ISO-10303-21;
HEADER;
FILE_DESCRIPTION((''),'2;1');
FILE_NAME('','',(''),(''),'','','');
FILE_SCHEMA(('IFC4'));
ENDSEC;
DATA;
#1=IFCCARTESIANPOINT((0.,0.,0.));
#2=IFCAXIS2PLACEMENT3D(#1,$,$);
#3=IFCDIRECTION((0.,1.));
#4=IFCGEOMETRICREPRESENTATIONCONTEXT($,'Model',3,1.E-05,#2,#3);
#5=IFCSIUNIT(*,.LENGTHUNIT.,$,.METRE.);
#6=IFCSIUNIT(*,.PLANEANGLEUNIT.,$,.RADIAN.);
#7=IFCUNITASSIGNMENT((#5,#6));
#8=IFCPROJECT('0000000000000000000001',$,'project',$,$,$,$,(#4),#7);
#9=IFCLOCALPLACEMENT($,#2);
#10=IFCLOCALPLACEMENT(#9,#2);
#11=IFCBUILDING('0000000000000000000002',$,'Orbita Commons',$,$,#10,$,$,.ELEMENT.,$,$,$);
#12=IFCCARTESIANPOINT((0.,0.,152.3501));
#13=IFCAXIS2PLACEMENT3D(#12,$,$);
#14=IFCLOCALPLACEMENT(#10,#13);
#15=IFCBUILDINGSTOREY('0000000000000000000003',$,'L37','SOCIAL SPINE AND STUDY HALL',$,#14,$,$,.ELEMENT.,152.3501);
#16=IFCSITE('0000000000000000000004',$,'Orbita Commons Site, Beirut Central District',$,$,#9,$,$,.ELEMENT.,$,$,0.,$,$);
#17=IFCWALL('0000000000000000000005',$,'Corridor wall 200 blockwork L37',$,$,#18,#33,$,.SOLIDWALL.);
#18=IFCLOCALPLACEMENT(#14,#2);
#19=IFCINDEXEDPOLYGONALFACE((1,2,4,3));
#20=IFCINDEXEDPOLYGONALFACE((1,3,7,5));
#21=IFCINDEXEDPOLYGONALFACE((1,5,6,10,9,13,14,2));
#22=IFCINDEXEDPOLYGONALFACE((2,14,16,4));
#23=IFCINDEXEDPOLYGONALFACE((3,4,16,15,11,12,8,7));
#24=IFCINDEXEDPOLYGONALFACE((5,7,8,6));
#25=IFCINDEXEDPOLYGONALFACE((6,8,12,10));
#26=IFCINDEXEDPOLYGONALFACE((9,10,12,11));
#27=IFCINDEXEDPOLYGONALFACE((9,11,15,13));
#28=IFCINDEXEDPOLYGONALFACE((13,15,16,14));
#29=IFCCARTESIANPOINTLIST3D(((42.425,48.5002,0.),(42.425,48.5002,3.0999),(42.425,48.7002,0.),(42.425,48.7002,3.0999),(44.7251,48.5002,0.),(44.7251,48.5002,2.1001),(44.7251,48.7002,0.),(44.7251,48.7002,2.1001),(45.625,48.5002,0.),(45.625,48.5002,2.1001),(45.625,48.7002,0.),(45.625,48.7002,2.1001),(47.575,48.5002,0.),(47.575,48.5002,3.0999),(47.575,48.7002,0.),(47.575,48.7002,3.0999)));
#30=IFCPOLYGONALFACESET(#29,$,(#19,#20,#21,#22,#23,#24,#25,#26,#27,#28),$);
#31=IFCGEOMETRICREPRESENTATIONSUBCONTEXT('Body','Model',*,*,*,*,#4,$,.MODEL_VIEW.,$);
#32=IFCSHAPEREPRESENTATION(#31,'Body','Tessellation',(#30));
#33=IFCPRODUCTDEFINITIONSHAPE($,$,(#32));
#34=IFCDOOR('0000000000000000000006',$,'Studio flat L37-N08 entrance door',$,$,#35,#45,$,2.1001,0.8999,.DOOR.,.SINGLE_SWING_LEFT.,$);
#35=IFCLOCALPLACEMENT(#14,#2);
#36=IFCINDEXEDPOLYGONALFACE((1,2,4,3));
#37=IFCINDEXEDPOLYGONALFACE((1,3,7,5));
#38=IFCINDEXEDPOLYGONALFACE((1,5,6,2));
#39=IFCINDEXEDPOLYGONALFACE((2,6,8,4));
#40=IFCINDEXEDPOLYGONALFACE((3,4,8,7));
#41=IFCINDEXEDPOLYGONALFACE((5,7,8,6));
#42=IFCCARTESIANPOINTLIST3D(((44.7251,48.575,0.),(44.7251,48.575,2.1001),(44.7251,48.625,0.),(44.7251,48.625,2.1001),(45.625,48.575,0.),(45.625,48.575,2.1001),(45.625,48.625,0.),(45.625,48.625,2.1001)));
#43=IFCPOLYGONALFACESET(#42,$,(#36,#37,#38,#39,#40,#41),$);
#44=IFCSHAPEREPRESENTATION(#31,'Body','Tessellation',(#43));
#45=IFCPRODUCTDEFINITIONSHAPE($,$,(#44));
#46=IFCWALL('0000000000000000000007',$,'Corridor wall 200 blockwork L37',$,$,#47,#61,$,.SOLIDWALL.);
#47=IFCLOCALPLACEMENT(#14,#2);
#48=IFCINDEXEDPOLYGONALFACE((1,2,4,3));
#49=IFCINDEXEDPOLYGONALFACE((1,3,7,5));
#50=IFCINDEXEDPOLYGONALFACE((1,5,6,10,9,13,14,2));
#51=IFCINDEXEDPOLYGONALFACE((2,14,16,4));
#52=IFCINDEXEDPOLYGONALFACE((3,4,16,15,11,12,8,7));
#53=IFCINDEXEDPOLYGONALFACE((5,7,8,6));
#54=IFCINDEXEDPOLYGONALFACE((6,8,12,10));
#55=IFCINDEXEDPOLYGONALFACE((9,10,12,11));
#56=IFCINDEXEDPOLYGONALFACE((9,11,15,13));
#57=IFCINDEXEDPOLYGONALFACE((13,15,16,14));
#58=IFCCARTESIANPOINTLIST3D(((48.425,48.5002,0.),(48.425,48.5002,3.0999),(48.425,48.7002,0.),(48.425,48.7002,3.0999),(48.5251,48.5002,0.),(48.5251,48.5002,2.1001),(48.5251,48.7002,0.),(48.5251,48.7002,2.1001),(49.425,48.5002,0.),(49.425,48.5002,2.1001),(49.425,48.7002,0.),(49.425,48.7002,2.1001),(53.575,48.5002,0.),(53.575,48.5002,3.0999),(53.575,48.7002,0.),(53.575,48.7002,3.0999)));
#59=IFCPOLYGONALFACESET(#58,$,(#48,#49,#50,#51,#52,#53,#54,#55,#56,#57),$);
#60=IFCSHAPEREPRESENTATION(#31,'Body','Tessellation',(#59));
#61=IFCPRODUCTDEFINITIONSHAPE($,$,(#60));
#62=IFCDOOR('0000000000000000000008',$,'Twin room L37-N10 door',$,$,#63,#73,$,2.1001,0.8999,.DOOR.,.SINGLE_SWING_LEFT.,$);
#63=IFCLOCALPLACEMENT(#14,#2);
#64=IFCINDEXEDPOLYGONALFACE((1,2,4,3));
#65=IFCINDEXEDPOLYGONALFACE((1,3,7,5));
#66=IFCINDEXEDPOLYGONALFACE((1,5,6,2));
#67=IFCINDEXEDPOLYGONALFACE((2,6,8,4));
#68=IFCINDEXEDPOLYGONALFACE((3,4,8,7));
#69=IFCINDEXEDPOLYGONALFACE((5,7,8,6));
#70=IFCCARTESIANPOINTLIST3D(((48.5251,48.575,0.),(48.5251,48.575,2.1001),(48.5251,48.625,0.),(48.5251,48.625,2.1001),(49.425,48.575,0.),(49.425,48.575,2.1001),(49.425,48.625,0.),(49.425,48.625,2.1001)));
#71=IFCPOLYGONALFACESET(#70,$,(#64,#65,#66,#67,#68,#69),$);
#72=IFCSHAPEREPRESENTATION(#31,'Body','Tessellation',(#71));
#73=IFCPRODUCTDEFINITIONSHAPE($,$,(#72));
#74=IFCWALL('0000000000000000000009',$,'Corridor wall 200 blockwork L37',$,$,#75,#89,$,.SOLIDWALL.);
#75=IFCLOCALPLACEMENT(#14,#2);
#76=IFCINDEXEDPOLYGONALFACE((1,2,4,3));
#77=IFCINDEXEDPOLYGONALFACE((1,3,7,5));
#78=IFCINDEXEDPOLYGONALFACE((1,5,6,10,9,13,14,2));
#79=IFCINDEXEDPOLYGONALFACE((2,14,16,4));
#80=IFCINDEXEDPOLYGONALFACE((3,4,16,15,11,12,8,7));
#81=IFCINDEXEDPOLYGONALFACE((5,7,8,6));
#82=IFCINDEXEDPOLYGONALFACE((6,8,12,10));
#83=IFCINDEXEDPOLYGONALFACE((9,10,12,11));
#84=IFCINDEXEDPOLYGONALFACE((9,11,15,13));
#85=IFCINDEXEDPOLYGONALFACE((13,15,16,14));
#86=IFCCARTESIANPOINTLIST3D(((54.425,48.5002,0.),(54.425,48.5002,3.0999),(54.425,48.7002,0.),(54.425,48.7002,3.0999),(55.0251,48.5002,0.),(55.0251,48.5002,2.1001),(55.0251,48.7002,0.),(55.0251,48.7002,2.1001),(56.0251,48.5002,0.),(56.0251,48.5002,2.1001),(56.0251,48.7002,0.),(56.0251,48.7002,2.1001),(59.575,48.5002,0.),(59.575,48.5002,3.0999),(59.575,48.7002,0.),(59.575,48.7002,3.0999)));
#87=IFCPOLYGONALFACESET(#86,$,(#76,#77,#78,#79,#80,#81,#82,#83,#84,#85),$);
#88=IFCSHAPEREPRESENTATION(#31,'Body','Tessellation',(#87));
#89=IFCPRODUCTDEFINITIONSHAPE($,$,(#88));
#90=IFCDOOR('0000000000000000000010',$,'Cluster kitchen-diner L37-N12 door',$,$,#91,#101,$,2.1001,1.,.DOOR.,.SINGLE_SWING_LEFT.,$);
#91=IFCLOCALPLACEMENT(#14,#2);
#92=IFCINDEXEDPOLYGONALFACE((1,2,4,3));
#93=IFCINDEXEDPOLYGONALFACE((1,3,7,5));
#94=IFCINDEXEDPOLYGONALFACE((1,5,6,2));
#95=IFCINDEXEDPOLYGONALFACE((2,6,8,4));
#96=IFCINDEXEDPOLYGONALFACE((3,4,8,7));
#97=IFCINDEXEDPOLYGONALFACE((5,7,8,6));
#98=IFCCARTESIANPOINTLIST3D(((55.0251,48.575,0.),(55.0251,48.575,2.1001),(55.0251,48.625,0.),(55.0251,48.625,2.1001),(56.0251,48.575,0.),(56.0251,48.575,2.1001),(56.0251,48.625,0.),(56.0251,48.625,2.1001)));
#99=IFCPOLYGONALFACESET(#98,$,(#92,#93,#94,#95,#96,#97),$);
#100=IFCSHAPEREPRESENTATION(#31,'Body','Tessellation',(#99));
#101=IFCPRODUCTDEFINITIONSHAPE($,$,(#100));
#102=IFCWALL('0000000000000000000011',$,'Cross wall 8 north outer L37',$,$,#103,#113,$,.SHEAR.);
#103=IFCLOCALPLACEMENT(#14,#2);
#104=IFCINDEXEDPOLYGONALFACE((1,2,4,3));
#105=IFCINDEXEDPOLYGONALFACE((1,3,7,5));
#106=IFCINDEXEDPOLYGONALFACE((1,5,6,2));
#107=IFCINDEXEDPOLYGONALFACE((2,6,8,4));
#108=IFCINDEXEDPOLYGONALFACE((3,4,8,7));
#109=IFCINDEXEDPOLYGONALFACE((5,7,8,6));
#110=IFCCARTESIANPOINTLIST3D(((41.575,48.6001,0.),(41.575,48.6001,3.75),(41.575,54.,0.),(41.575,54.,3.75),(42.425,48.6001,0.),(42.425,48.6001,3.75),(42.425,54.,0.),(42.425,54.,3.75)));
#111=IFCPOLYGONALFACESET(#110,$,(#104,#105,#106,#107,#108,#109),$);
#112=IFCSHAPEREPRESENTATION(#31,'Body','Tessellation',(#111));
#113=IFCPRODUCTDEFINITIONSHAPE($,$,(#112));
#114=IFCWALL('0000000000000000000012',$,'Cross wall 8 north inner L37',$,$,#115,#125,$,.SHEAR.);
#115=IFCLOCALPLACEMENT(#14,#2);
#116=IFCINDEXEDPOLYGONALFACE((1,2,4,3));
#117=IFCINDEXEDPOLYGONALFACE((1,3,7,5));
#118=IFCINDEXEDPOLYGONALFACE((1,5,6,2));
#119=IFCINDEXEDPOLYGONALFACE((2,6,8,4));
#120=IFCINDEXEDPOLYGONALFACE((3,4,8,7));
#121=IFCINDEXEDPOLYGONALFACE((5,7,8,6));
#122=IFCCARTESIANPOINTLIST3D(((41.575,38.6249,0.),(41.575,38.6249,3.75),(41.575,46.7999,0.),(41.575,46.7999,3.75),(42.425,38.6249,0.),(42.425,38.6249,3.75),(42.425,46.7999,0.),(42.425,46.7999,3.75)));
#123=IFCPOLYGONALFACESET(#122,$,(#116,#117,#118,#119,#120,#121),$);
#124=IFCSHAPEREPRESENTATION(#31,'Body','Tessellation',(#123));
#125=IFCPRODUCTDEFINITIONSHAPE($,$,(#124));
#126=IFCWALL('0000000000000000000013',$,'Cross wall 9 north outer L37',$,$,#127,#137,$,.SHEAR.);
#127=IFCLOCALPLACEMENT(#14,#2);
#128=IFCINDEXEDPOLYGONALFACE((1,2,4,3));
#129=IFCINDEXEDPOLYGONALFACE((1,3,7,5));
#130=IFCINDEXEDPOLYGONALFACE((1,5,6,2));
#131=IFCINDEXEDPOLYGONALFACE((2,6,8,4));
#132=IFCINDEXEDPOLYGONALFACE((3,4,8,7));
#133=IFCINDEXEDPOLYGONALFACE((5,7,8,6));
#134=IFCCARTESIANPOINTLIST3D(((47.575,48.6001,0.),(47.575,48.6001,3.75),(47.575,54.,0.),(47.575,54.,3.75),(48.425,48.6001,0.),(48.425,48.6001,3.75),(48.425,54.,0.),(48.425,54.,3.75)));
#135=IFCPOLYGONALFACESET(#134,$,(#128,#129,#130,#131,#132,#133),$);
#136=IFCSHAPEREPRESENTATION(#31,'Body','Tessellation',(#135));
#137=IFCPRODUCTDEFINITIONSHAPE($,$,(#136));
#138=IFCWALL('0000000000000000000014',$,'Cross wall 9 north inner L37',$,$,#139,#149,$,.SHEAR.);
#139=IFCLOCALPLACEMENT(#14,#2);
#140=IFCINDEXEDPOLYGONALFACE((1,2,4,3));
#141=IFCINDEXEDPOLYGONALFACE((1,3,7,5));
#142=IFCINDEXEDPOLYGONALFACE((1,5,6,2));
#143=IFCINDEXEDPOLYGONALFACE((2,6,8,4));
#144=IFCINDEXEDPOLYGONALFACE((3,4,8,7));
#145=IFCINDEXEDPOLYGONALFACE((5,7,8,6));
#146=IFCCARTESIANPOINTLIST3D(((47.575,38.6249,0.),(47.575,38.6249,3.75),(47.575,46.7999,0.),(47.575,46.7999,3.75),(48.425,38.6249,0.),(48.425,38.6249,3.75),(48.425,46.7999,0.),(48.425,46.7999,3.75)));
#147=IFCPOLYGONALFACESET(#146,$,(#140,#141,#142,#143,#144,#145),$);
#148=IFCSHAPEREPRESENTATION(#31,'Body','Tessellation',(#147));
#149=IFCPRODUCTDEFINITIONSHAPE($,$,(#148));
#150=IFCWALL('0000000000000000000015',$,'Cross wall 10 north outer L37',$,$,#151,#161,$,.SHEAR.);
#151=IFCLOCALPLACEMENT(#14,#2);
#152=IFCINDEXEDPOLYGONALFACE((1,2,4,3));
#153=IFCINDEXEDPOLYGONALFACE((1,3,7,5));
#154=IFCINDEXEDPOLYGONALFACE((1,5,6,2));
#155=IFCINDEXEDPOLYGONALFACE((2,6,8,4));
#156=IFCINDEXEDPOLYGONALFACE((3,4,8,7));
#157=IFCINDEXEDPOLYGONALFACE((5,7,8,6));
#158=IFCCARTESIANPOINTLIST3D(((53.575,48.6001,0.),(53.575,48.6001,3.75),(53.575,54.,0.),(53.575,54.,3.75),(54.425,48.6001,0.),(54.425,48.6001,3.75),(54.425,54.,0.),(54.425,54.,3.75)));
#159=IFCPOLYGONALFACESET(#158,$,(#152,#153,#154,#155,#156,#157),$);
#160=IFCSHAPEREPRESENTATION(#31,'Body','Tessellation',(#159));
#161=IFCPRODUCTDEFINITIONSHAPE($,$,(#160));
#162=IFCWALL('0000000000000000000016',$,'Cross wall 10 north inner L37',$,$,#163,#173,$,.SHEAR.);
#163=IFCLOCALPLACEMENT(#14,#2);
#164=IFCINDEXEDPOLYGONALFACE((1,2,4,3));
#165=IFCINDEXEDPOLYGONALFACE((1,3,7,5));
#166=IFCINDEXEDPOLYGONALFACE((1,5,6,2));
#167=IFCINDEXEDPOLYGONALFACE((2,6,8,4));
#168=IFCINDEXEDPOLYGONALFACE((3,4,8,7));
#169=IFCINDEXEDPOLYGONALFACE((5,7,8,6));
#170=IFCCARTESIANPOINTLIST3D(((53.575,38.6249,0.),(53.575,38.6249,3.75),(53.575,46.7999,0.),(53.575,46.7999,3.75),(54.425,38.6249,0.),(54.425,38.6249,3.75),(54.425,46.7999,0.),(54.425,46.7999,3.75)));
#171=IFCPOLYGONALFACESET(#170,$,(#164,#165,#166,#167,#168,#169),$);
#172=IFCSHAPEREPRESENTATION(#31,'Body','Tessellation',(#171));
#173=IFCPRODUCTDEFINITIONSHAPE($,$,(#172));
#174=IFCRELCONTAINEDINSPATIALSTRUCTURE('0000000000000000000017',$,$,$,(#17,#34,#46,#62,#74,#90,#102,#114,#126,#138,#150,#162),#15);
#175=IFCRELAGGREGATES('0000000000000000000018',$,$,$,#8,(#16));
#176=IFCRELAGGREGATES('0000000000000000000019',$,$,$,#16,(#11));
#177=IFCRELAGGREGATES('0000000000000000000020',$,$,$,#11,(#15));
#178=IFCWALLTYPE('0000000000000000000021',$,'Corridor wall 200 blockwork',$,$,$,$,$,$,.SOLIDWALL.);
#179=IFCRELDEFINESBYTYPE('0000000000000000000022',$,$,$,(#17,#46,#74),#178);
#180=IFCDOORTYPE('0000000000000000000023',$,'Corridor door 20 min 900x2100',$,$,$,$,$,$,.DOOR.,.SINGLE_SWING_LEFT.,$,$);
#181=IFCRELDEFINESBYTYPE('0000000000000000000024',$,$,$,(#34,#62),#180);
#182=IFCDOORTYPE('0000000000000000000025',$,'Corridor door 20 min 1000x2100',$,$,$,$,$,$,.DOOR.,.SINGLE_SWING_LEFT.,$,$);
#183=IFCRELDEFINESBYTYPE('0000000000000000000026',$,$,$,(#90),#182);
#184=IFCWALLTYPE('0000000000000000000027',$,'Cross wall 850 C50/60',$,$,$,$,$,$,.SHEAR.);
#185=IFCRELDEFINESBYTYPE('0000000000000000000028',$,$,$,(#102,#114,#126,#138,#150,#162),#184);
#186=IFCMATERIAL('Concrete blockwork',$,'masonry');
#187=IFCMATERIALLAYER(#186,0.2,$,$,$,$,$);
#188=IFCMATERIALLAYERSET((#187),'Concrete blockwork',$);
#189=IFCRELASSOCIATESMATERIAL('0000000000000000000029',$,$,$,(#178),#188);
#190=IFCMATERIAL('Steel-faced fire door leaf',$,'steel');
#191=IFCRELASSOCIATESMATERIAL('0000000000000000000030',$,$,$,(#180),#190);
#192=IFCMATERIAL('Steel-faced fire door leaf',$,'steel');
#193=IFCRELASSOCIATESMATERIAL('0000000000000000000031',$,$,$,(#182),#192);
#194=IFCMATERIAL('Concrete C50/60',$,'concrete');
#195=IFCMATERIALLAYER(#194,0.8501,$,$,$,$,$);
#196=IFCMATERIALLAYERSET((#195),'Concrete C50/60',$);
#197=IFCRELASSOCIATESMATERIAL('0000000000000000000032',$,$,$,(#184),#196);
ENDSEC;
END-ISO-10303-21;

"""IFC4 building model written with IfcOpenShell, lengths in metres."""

from ifc_helpers import new_model, si_unit, direction, frame, frame_2d, origin, place, context, subcontext, project, spatial, polyline, rectangle, outline, extrude, material, layer, layer_set, type_object, element, fill, save


model = new_model("IFC4")

# Units and contexts
model_context = context("Model", 3, precision=1e-05, world=origin(), true_north=direction((0.0, 1.0)))
body_context = subcontext(model_context, "Body", "Model", "MODEL_VIEW")
ifc_project = project(units=[si_unit("LENGTHUNIT", "METRE"), si_unit("PLANEANGLEUNIT", "RADIAN")], contexts=[model_context])

# Site, building, storey
site_placement = place(None, origin())
site = spatial("IfcSite", under=ifc_project, at=site_placement, Name="Orbita Commons Site, Beirut Central District", CompositionType="ELEMENT", RefElevation=0.0)
building_placement = place(site_placement, origin())
building = spatial("IfcBuilding", under=site, at=building_placement, Name="Orbita Commons", CompositionType="ELEMENT")
storey_placement = place(building_placement, frame((0.0, 0.0, 152.3501)))
storey = spatial("IfcBuildingStorey", under=building, at=storey_placement, Name="L37", Description="SOCIAL SPINE AND STUDY HALL", CompositionType="ELEMENT", Elevation=152.3501)

# Walls, openings, doors
ifc_material_1 = material(Name="Concrete blockwork", Category="masonry")
ifc_layer_1 = layer(ifc_material_1, 0.2)
ifc_layer_set_1 = layer_set([ifc_layer_1], Name="Concrete blockwork")
wall_type_1 = type_object("IfcWallType", Name="Corridor wall 200 blockwork", PredefinedType="SOLIDWALL", material=ifc_layer_set_1)
wall_1_placement = place(storey_placement, frame((42.425, 48.6001, 0.0), z_axis=(0.0, 0.0, 1.0), x_axis=(1.0, 0.0, 0.0)))
wall_1 = element("IfcWall", 1, at=wall_1_placement, inside=storey, type_object=wall_type_1, Name="Corridor wall 200 blockwork L37", PredefinedType="SOLIDWALL", context=body_context, shape_type="SweptSolid", body=[
    extrude(outline(polyline([(0.0, 0.0), (5.1499, 0.0), (5.1499, 3.0999), (0.0, 3.0999), (0.0, 0.0)])), frame((0.0, 0.1001, 0.0), z_axis=(0.0, -1.0, 0.0), x_axis=(1.0, 0.0, 0.0)), (0.0, 0.0, 1.0), 0.2),
])
opening_1_placement = place(wall_1_placement, frame((2.3, 0.0, 0.0)))
opening_1 = element("IfcOpeningElement", 2, at=opening_1_placement, cuts=wall_1, PredefinedType="OPENING", context=body_context, shape_type="SweptSolid", body=[
    extrude(rectangle(XDim=0.8999, YDim=2.1001, at=frame_2d((0.45, 1.05))), frame((0.0, 0.1099, 0.0), z_axis=(0.0, -1.0, 0.0), x_axis=(1.0, 0.0, 0.0)), (0.0, 0.0, 1.0), 0.22),
])
ifc_material_2 = material(Name="Steel-faced fire door leaf", Category="steel")
door_type_1 = type_object("IfcDoorType", Name="Corridor door 20 min 900x2100", OperationType="SINGLE_SWING_LEFT", PredefinedType="DOOR", material=ifc_material_2)
door_1_placement = place(opening_1_placement, origin())
door_1 = element("IfcDoor", 3, at=door_1_placement, inside=storey, type_object=door_type_1, Name="Studio flat L37-N08 entrance door", OperationType="SINGLE_SWING_LEFT", OverallHeight=2.1001, OverallWidth=0.8999, PredefinedType="DOOR", context=body_context, shape_type="SweptSolid", body=[
    extrude(rectangle(XDim=0.8999, YDim=2.1001, at=frame_2d((0.45, 1.05))), frame((0.0, 0.0249, 0.0), z_axis=(0.0, -1.0, 0.0), x_axis=(1.0, 0.0, 0.0)), (0.0, 0.0, 1.0), 0.05),
])
fill(opening_1, door_1)
wall_2_placement = place(storey_placement, frame((48.425, 48.6001, 0.0), z_axis=(0.0, 0.0, 1.0), x_axis=(1.0, 0.0, 0.0)))
wall_2 = element("IfcWall", 4, at=wall_2_placement, inside=storey, type_object=wall_type_1, Name="Corridor wall 200 blockwork L37", PredefinedType="SOLIDWALL", context=body_context, shape_type="SweptSolid", body=[
    extrude(outline(polyline([(0.0, 0.0), (5.1499, 0.0), (5.1499, 3.0999), (0.0, 3.0999), (0.0, 0.0)])), frame((0.0, 0.1001, 0.0), z_axis=(0.0, -1.0, 0.0), x_axis=(1.0, 0.0, 0.0)), (0.0, 0.0, 1.0), 0.2),
])
opening_2_placement = place(wall_2_placement, frame((0.1001, 0.0, 0.0)))
opening_2 = element("IfcOpeningElement", 5, at=opening_2_placement, cuts=wall_2, PredefinedType="OPENING", context=body_context, shape_type="SweptSolid", body=[
    extrude(rectangle(XDim=0.8999, YDim=2.1001, at=frame_2d((0.45, 1.05))), frame((0.0, 0.1099, 0.0), z_axis=(0.0, -1.0, 0.0), x_axis=(1.0, 0.0, 0.0)), (0.0, 0.0, 1.0), 0.22),
])
door_2_placement = place(opening_2_placement, origin())
door_2 = element("IfcDoor", 6, at=door_2_placement, inside=storey, type_object=door_type_1, Name="Twin room L37-N10 door", OperationType="SINGLE_SWING_LEFT", OverallHeight=2.1001, OverallWidth=0.8999, PredefinedType="DOOR", context=body_context, shape_type="SweptSolid", body=[
    extrude(rectangle(XDim=0.8999, YDim=2.1001, at=frame_2d((0.45, 1.05))), frame((0.0, 0.0249, 0.0), z_axis=(0.0, -1.0, 0.0), x_axis=(1.0, 0.0, 0.0)), (0.0, 0.0, 1.0), 0.05),
])
fill(opening_2, door_2)
wall_3_placement = place(storey_placement, frame((54.425, 48.6001, 0.0), z_axis=(0.0, 0.0, 1.0), x_axis=(1.0, 0.0, 0.0)))
wall_3 = element("IfcWall", 7, at=wall_3_placement, inside=storey, type_object=wall_type_1, Name="Corridor wall 200 blockwork L37", PredefinedType="SOLIDWALL", context=body_context, shape_type="SweptSolid", body=[
    extrude(outline(polyline([(0.0, 0.0), (5.1499, 0.0), (5.1499, 3.0999), (0.0, 3.0999), (0.0, 0.0)])), frame((0.0, 0.1001, 0.0), z_axis=(0.0, -1.0, 0.0), x_axis=(1.0, 0.0, 0.0)), (0.0, 0.0, 1.0), 0.2),
])
opening_3_placement = place(wall_3_placement, frame((0.6001, 0.0, 0.0)))
opening_3 = element("IfcOpeningElement", 8, at=opening_3_placement, cuts=wall_3, PredefinedType="OPENING", context=body_context, shape_type="SweptSolid", body=[
    extrude(rectangle(XDim=1.0, YDim=2.1001, at=frame_2d((0.5, 1.05))), frame((0.0, 0.1099, 0.0), z_axis=(0.0, -1.0, 0.0), x_axis=(1.0, 0.0, 0.0)), (0.0, 0.0, 1.0), 0.22),
])
ifc_material_3 = material(Name="Steel-faced fire door leaf", Category="steel")
door_type_2 = type_object("IfcDoorType", Name="Corridor door 20 min 1000x2100", OperationType="SINGLE_SWING_LEFT", PredefinedType="DOOR", material=ifc_material_3)
door_3_placement = place(opening_3_placement, origin())
door_3 = element("IfcDoor", 9, at=door_3_placement, inside=storey, type_object=door_type_2, Name="Cluster kitchen-diner L37-N12 door", OperationType="SINGLE_SWING_LEFT", OverallHeight=2.1001, OverallWidth=1.0, PredefinedType="DOOR", context=body_context, shape_type="SweptSolid", body=[
    extrude(rectangle(XDim=1.0, YDim=2.1001, at=frame_2d((0.5, 1.05))), frame((0.0, 0.0249, 0.0), z_axis=(0.0, -1.0, 0.0), x_axis=(1.0, 0.0, 0.0)), (0.0, 0.0, 1.0), 0.05),
])
fill(opening_3, door_3)

# Walls
ifc_material_4 = material(Name="Concrete C50/60", Category="concrete")
ifc_layer_2 = layer(ifc_material_4, 0.8501)
ifc_layer_set_2 = layer_set([ifc_layer_2], Name="Concrete C50/60")
wall_type_2 = type_object("IfcWallType", Name="Cross wall 850 C50/60", PredefinedType="SHEAR", material=ifc_layer_set_2)
wall_4_placement = place(storey_placement, frame((42.0, 48.6001, 0.0), z_axis=(0.0, 0.0, 1.0), x_axis=(0.0, 1.0, 0.0)))
element("IfcWall", 10, at=wall_4_placement, inside=storey, type_object=wall_type_2, Name="Cross wall 8 north outer L37", PredefinedType="SHEAR", context=body_context, shape_type="SweptSolid", body=[
    extrude(rectangle(XDim=5.3999, YDim=0.8501, at=frame_2d((2.7, 0.0))), origin(), (0.0, 0.0, 1.0), 3.75),
])
wall_5_placement = place(storey_placement, frame((42.0, 38.625, 0.0), z_axis=(0.0, 0.0, 1.0), x_axis=(0.0, 1.0, 0.0)))
element("IfcWall", 11, at=wall_5_placement, inside=storey, type_object=wall_type_2, Name="Cross wall 8 north inner L37", PredefinedType="SHEAR", context=body_context, shape_type="SweptSolid", body=[
    extrude(rectangle(XDim=8.175, YDim=0.8501, at=frame_2d((4.0874, 0.0))), origin(), (0.0, 0.0, 1.0), 3.75),
])
wall_6_placement = place(storey_placement, frame((48.0, 48.6001, 0.0), z_axis=(0.0, 0.0, 1.0), x_axis=(0.0, 1.0, 0.0)))
element("IfcWall", 12, at=wall_6_placement, inside=storey, type_object=wall_type_2, Name="Cross wall 9 north outer L37", PredefinedType="SHEAR", context=body_context, shape_type="SweptSolid", body=[
    extrude(rectangle(XDim=5.3999, YDim=0.8501, at=frame_2d((2.7, 0.0))), origin(), (0.0, 0.0, 1.0), 3.75),
])
wall_7_placement = place(storey_placement, frame((48.0, 38.625, 0.0), z_axis=(0.0, 0.0, 1.0), x_axis=(0.0, 1.0, 0.0)))
element("IfcWall", 13, at=wall_7_placement, inside=storey, type_object=wall_type_2, Name="Cross wall 9 north inner L37", PredefinedType="SHEAR", context=body_context, shape_type="SweptSolid", body=[
    extrude(rectangle(XDim=8.175, YDim=0.8501, at=frame_2d((4.0874, 0.0))), origin(), (0.0, 0.0, 1.0), 3.75),
])
wall_8_placement = place(storey_placement, frame((54.0, 48.6001, 0.0), z_axis=(0.0, 0.0, 1.0), x_axis=(0.0, 1.0, 0.0)))
element("IfcWall", 14, at=wall_8_placement, inside=storey, type_object=wall_type_2, Name="Cross wall 10 north outer L37", PredefinedType="SHEAR", context=body_context, shape_type="SweptSolid", body=[
    extrude(rectangle(XDim=5.3999, YDim=0.8501, at=frame_2d((2.7, 0.0))), origin(), (0.0, 0.0, 1.0), 3.75),
])
wall_9_placement = place(storey_placement, frame((54.0, 38.625, 0.0), z_axis=(0.0, 0.0, 1.0), x_axis=(0.0, 1.0, 0.0)))
element("IfcWall", 15, at=wall_9_placement, inside=storey, type_object=wall_type_2, Name="Cross wall 10 north inner L37", PredefinedType="SHEAR", context=body_context, shape_type="SweptSolid", body=[
    extrude(rectangle(XDim=8.175, YDim=0.8501, at=frame_2d((4.0874, 0.0))), origin(), (0.0, 0.0, 1.0), 3.75),
])

save(model, "model.ifc")
